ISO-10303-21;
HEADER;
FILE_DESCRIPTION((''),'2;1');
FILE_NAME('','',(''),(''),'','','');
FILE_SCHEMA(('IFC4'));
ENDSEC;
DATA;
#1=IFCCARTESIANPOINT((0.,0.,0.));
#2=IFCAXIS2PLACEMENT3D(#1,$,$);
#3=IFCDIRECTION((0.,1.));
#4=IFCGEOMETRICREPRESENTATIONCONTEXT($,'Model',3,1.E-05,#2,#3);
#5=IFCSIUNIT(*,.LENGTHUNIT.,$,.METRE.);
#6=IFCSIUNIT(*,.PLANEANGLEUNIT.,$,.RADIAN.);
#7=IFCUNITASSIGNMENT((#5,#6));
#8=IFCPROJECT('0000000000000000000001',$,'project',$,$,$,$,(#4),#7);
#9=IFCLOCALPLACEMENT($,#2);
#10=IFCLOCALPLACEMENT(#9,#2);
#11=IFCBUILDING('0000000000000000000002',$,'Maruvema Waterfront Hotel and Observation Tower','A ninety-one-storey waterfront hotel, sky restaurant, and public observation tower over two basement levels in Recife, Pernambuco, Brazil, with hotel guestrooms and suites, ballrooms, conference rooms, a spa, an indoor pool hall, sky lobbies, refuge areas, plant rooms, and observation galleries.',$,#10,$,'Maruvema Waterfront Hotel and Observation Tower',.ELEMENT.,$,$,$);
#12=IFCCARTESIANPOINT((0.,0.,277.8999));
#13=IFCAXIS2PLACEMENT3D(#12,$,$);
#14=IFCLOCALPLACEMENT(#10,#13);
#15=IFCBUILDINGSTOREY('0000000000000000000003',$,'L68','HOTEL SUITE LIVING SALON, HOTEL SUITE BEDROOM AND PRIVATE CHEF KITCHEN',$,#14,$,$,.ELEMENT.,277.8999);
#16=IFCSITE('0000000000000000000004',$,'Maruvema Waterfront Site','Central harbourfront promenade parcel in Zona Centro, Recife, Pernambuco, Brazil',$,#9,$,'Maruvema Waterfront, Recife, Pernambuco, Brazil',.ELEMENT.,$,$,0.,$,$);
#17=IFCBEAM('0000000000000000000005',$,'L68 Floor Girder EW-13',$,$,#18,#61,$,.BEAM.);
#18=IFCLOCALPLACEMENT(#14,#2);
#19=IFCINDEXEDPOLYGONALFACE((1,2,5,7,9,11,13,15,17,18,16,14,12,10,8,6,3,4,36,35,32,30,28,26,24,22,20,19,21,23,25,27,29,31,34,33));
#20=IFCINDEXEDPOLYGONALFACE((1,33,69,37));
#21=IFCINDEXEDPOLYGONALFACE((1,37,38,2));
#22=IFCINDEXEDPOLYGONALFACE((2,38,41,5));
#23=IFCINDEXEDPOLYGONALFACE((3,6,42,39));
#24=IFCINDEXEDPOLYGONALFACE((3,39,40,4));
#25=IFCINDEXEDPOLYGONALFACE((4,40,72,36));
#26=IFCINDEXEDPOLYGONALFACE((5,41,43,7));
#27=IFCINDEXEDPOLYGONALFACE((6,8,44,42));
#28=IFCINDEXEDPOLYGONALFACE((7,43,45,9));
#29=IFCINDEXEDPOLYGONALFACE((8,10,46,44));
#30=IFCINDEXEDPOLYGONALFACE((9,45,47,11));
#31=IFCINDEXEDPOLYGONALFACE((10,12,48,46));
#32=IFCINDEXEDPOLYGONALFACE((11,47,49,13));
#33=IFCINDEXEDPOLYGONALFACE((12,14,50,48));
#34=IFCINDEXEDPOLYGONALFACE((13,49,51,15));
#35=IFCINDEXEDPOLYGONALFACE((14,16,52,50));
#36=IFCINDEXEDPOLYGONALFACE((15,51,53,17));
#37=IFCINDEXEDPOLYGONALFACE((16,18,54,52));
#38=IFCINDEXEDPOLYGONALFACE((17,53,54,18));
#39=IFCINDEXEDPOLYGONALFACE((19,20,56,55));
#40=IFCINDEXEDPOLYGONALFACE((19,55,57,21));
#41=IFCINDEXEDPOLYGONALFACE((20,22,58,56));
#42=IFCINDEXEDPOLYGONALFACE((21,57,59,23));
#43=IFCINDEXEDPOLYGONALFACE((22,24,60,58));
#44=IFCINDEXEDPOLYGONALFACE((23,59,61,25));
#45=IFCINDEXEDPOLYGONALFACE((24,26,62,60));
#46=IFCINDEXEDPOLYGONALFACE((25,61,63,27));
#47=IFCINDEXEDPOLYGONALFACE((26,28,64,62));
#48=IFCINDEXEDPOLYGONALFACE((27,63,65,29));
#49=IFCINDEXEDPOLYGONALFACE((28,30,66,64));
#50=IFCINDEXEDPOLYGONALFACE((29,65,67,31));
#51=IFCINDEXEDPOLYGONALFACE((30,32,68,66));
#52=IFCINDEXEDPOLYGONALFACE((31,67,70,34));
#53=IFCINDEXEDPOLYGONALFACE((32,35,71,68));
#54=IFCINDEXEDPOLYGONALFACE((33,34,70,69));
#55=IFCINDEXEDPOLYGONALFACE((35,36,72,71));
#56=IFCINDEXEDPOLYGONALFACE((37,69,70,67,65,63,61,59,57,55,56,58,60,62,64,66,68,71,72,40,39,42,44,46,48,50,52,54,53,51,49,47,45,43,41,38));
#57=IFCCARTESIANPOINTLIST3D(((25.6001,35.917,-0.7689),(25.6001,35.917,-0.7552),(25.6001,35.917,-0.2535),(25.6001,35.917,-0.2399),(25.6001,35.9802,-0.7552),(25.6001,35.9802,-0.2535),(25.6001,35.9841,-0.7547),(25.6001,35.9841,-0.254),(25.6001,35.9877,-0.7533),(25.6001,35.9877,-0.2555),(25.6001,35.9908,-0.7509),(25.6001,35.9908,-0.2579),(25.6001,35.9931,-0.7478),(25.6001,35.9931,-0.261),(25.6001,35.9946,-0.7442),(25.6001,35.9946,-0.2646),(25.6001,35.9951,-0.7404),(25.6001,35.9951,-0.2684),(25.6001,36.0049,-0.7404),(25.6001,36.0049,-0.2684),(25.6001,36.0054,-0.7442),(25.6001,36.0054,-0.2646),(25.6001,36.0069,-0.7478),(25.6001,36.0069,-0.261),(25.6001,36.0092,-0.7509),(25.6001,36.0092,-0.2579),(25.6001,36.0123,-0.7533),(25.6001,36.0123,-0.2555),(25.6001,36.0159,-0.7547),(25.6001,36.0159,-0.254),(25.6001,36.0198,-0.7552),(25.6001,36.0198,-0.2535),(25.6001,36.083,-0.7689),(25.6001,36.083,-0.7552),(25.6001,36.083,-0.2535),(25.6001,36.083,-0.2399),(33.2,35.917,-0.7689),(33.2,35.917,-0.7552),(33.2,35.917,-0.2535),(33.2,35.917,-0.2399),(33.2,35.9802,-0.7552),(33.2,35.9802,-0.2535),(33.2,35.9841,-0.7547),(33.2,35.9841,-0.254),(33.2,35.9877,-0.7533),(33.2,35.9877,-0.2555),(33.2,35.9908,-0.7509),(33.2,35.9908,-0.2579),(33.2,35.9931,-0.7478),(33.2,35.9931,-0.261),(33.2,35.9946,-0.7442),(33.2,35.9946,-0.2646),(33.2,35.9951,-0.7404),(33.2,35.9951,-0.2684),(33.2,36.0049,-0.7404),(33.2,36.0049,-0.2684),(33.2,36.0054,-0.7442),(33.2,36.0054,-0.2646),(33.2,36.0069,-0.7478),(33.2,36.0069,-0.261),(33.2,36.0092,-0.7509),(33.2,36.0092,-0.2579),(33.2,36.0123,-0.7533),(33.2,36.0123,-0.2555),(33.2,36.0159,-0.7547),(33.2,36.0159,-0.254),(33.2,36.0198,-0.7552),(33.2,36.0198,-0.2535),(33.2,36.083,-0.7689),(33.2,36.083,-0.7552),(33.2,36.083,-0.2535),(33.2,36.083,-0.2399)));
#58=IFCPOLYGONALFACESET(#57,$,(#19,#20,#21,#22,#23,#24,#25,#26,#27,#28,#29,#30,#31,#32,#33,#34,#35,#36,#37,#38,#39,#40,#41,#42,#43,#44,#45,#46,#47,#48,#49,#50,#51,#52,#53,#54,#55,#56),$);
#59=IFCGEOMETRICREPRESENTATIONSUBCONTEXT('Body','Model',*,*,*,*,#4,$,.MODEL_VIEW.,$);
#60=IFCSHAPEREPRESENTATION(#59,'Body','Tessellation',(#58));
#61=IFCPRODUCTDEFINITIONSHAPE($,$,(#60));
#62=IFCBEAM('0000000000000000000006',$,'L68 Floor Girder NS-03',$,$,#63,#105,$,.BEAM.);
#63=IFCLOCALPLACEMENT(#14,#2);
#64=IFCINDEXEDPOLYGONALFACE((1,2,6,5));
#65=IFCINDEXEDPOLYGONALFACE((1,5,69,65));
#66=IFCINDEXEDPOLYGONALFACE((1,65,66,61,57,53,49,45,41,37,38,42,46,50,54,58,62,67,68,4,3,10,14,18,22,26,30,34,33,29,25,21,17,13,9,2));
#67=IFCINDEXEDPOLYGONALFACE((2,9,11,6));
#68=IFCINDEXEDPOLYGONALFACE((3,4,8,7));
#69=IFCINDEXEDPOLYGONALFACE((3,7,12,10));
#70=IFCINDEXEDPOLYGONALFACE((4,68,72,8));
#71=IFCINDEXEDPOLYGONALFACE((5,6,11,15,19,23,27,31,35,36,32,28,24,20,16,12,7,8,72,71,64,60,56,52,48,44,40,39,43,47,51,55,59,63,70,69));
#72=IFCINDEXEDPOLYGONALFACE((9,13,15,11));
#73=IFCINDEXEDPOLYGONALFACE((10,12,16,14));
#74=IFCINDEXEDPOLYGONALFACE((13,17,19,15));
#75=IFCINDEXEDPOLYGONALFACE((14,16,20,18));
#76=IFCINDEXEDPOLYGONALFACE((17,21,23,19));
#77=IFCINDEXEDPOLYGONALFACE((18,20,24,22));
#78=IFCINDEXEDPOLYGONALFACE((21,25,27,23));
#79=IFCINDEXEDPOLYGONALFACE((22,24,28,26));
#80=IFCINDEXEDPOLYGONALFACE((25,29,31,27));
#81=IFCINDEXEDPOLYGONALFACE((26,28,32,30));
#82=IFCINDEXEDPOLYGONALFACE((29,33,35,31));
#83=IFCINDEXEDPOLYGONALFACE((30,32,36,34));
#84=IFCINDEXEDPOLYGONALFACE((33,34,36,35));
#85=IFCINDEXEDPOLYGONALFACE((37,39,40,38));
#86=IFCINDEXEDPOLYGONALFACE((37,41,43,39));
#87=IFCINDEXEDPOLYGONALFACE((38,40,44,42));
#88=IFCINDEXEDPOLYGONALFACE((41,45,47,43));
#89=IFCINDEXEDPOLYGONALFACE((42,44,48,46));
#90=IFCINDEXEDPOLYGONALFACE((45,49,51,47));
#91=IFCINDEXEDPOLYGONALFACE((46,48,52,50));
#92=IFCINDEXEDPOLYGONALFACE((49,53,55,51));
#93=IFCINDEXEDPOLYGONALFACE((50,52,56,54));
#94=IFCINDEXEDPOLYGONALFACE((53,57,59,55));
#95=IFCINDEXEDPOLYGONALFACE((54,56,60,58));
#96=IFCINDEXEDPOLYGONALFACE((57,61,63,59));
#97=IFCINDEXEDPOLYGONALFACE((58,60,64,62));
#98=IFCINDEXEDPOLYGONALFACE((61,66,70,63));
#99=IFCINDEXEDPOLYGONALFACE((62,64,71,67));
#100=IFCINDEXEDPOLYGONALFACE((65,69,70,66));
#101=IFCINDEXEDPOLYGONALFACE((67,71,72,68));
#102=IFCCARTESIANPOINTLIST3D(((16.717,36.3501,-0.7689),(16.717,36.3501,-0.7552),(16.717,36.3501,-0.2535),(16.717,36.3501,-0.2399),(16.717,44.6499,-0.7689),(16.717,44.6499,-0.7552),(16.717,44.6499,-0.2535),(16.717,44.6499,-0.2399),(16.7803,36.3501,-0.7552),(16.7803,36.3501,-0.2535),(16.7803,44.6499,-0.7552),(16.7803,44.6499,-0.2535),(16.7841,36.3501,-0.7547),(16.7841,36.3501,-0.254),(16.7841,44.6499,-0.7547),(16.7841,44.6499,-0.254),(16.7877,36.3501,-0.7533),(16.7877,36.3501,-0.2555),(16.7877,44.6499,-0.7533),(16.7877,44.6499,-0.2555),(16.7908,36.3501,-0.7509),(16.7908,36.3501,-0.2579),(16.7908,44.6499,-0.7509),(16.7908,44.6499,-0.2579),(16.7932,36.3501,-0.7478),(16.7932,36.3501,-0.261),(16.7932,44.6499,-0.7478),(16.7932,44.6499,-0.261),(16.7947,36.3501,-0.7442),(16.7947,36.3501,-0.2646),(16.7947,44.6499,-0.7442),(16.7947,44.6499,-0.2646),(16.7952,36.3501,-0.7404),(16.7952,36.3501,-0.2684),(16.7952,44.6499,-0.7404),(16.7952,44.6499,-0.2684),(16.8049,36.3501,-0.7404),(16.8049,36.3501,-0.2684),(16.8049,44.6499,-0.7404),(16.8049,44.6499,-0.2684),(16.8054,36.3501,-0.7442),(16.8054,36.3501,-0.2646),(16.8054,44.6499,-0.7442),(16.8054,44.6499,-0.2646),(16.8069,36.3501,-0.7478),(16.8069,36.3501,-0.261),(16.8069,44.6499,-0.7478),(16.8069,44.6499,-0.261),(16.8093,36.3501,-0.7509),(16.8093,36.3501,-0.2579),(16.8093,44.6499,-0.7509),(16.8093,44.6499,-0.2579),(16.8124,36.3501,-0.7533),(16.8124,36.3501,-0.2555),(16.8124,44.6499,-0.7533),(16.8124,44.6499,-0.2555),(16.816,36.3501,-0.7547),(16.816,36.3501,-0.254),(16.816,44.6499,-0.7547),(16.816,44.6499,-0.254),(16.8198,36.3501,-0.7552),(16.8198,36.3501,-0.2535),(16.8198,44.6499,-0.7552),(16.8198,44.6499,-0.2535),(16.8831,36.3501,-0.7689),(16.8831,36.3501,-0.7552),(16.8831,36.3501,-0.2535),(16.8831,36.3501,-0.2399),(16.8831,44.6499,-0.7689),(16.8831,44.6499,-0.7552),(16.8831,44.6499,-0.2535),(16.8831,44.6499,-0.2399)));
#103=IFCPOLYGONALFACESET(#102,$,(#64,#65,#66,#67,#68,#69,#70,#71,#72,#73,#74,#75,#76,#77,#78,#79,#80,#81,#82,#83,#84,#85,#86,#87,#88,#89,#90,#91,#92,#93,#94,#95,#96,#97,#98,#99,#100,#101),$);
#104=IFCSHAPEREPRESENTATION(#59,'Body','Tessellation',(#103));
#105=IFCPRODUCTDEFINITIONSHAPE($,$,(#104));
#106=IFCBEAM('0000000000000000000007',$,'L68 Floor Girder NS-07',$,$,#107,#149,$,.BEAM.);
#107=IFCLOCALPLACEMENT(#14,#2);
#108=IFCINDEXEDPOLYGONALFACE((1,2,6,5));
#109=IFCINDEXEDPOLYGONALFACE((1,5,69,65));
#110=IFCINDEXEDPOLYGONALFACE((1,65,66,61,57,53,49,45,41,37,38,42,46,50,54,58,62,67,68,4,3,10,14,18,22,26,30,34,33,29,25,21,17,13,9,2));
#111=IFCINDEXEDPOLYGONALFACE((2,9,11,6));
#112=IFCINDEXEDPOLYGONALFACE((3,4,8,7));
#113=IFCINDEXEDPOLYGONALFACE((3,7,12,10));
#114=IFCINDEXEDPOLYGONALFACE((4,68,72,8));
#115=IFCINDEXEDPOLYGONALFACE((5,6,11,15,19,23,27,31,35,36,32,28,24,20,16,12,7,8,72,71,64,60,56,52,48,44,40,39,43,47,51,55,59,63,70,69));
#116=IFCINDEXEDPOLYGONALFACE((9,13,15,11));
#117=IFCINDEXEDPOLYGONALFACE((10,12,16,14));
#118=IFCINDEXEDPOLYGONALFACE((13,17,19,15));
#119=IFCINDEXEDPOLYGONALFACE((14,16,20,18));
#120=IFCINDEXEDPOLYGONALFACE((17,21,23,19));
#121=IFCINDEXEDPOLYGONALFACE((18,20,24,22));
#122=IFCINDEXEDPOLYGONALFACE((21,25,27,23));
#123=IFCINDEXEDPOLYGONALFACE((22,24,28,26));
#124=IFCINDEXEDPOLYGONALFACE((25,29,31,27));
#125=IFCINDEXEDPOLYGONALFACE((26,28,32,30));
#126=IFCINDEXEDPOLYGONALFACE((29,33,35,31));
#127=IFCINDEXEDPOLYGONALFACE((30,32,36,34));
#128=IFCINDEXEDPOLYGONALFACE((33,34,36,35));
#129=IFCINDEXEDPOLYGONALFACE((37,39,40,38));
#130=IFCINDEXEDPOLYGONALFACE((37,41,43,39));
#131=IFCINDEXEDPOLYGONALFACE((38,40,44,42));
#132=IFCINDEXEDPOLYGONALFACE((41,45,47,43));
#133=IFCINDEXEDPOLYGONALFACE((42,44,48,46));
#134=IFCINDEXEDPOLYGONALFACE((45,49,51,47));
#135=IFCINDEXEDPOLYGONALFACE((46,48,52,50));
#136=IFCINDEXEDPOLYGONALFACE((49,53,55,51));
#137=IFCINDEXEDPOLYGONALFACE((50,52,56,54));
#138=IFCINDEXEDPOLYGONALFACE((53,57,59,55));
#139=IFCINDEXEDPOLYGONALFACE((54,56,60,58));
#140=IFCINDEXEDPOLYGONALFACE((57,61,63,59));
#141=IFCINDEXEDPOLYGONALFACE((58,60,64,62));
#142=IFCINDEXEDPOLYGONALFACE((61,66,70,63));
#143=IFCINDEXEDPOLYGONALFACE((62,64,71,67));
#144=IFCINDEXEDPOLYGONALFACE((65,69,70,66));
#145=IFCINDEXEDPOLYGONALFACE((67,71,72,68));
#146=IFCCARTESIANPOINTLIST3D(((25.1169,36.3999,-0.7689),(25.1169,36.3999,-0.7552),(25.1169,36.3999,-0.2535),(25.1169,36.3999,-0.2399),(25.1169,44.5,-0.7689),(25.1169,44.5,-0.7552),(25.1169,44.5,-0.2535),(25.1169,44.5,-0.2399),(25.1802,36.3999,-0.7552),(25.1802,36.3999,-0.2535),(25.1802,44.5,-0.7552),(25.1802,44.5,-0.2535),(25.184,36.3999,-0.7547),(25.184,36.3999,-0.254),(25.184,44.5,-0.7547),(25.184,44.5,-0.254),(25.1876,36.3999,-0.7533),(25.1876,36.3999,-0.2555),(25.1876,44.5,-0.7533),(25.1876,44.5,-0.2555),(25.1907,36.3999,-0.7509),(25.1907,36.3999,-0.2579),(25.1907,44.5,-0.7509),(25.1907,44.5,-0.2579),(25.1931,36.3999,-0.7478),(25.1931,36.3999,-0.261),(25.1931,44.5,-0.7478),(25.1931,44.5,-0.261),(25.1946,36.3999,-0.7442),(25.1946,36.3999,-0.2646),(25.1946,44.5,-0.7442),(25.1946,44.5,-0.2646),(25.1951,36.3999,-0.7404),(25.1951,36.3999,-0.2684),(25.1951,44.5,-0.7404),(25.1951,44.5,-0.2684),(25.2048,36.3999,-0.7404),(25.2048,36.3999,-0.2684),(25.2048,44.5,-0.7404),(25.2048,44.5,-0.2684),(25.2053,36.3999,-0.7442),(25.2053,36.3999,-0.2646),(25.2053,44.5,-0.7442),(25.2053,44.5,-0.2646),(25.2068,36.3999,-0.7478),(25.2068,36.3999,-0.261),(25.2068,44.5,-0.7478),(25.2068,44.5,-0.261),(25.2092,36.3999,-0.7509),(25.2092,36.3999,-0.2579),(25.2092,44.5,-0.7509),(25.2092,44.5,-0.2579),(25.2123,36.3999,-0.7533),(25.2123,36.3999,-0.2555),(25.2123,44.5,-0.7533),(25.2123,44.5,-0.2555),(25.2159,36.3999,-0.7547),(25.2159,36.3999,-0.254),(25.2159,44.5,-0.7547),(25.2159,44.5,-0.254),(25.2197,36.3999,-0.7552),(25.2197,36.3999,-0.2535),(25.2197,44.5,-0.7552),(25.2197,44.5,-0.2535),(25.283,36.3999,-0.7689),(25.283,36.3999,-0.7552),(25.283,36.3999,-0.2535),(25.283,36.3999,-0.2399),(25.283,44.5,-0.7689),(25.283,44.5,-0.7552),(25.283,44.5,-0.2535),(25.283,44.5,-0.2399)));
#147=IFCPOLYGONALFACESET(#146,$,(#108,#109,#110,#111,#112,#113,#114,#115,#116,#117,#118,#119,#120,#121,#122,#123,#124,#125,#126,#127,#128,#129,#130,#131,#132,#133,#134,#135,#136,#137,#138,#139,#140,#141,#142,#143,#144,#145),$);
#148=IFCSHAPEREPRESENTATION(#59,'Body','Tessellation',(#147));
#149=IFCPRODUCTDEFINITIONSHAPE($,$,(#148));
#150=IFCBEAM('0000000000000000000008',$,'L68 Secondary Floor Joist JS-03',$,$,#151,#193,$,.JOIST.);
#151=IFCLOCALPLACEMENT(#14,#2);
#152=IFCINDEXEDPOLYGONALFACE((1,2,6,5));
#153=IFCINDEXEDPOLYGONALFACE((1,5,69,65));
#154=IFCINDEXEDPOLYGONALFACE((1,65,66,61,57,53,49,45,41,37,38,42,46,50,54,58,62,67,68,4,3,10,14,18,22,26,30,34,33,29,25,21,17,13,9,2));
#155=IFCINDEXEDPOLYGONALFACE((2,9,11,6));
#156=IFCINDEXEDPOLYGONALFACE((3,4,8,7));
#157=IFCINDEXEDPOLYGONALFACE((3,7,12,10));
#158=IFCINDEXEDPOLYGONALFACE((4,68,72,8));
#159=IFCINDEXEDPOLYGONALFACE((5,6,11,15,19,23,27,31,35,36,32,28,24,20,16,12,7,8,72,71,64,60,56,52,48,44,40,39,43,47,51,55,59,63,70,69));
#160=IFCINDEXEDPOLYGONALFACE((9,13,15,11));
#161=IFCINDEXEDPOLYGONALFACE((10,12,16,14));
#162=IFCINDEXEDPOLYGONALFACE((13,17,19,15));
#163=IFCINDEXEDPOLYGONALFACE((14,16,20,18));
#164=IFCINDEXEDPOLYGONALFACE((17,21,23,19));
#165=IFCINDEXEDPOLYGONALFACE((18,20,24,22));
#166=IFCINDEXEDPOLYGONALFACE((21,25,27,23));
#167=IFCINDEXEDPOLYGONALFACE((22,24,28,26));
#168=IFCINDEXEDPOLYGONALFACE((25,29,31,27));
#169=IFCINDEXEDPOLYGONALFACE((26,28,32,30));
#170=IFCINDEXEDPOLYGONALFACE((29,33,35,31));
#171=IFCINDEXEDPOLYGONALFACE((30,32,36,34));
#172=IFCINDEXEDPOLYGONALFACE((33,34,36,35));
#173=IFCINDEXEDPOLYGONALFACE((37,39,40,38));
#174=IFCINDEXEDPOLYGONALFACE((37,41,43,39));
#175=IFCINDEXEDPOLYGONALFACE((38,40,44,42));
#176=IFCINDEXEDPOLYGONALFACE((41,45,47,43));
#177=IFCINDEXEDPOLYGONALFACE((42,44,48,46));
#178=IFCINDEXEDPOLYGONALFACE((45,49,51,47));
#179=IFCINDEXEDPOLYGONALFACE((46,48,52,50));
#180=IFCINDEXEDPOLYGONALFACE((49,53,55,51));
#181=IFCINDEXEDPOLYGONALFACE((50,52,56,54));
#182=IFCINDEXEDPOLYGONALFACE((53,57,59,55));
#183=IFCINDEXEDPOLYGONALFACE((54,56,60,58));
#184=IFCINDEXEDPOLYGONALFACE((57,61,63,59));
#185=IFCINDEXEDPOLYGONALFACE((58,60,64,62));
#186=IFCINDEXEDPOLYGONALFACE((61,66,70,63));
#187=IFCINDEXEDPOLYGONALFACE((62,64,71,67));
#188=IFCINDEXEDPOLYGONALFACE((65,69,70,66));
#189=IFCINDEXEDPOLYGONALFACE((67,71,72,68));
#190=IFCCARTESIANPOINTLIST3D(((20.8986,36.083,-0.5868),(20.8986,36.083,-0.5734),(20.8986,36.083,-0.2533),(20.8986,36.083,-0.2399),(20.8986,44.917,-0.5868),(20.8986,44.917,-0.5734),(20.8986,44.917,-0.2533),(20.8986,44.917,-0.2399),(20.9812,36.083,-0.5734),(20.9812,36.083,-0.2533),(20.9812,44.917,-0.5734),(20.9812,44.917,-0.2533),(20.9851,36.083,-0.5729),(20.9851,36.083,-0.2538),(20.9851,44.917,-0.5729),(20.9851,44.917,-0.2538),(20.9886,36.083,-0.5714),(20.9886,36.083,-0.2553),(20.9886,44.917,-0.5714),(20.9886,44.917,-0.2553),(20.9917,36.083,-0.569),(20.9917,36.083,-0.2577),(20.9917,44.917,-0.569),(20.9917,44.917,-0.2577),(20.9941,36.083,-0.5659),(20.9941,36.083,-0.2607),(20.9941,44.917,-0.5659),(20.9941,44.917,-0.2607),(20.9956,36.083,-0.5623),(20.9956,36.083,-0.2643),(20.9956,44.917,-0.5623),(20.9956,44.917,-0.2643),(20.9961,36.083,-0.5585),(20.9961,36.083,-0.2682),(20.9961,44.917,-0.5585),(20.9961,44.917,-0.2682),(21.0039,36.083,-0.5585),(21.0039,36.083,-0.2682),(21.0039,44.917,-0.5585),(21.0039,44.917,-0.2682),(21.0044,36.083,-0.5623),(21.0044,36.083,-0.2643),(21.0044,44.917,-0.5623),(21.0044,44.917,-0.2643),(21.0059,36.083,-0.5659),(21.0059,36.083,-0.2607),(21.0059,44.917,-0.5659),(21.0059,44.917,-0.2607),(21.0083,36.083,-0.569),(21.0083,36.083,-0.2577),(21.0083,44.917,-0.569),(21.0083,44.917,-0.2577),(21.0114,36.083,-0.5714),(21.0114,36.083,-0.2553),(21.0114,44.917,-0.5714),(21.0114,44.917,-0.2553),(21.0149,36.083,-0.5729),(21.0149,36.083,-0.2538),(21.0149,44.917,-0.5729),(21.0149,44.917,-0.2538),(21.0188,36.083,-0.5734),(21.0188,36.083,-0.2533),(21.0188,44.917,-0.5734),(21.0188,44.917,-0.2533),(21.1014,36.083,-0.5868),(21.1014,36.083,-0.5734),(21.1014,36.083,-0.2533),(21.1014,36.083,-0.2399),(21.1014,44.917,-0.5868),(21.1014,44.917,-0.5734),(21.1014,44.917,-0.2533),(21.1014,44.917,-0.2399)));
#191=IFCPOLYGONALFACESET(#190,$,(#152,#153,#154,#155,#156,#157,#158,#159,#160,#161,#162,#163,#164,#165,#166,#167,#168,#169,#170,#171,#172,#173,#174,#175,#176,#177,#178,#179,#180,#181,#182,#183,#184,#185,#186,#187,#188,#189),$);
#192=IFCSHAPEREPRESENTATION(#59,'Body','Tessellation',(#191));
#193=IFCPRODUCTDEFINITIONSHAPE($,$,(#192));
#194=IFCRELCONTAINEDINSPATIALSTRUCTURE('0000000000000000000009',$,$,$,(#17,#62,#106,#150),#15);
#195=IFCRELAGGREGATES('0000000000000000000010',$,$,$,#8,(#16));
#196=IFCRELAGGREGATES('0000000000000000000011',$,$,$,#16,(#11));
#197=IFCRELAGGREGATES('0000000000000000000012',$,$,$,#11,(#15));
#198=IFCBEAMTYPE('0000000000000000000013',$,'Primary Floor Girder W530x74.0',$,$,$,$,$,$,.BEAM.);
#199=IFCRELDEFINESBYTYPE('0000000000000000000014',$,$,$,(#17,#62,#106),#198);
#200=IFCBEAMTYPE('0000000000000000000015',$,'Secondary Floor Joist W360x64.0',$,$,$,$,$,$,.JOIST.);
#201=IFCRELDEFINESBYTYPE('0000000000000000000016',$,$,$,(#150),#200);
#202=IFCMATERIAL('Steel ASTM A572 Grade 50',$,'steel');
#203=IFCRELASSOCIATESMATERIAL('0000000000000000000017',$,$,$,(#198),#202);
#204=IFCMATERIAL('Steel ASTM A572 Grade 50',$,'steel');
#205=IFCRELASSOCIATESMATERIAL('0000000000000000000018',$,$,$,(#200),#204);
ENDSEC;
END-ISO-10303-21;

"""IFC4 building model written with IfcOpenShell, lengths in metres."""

from ifc_helpers import new_model, si_unit, direction, frame, origin, origin_2d, place, context, subcontext, project, spatial, i_section, extrude, material, material_profile, profile_set, type_object, element, save


model = new_model("IFC4")

# Units and contexts
model_context = context("Model", 3, precision=1e-05, world=origin(), true_north=direction((0.0, 1.0)))
body_context = subcontext(model_context, "Body", "Model", "MODEL_VIEW")
ifc_project = project(units=[si_unit("LENGTHUNIT", "METRE"), si_unit("PLANEANGLEUNIT", "RADIAN")], contexts=[model_context])

# Site, building, storey
site_placement = place(None, origin())
site = spatial("IfcSite", under=ifc_project, at=site_placement, Name="Maruvema Waterfront Site", Description="Central harbourfront promenade parcel in Zona Centro, Recife, Pernambuco, Brazil", LongName="Maruvema Waterfront, Recife, Pernambuco, Brazil", CompositionType="ELEMENT", RefElevation=0.0)
building_placement = place(site_placement, origin())
building = spatial("IfcBuilding", under=site, at=building_placement, Name="Maruvema Waterfront Hotel and Observation Tower", Description="A ninety-one-storey waterfront hotel, sky restaurant, and public observation tower over two basement levels in Recife, Pernambuco, Brazil, with hotel guestrooms and suites, ballrooms, conference rooms, a spa, an indoor pool hall, sky lobbies, refuge areas, plant rooms, and observation galleries.", LongName="Maruvema Waterfront Hotel and Observation Tower", CompositionType="ELEMENT")
storey_placement = place(building_placement, frame((0.0, 0.0, 277.8999)))
storey = spatial("IfcBuildingStorey", under=building, at=storey_placement, Name="L68", Description="HOTEL SUITE LIVING SALON, HOTEL SUITE BEDROOM AND PRIVATE CHEF KITCHEN", CompositionType="ELEMENT", Elevation=277.8999)

# Beams
ifc_material_1 = material(Name="Steel ASTM A572 Grade 50", Category="steel")
ifc_material_profile_1 = material_profile(ifc_material_1, i_section(OverallWidth=0.166, OverallDepth=0.5291, WebThickness=0.0098, FlangeThickness=0.0137, FilletRadius=0.0149, at=origin_2d()), Name="W530x74.0")
ifc_profile_set_1 = profile_set([ifc_material_profile_1], Name="Steel ASTM A572 Grade 50")
beam_type_1 = type_object("IfcBeamType", Name="Primary Floor Girder W530x74.0", PredefinedType="BEAM", material=ifc_profile_set_1)
beam_1_placement = place(storey_placement, frame((25.6001, 36.0, -0.5044), z_axis=(1.0, 0.0, 0.0), x_axis=(0.0, 1.0, 0.0)))
element("IfcBeam", 1, at=beam_1_placement, inside=storey, type_object=beam_type_1, Name="L68 Floor Girder EW-13", PredefinedType="BEAM", context=body_context, shape_type="SweptSolid", body=[
    extrude(i_section(OverallWidth=0.166, OverallDepth=0.5291, WebThickness=0.0098, FlangeThickness=0.0137, FilletRadius=0.0149, at=origin_2d()), origin(), (0.0, 0.0, 1.0), 7.5999),
])
beam_2_placement = place(storey_placement, frame((16.8, 36.3501, -0.5044), z_axis=(0.0, 1.0, 0.0), x_axis=(-1.0, 0.0, 0.0)))
element("IfcBeam", 2, at=beam_2_placement, inside=storey, type_object=beam_type_1, Name="L68 Floor Girder NS-03", PredefinedType="BEAM", context=body_context, shape_type="SweptSolid", body=[
    extrude(i_section(OverallWidth=0.166, OverallDepth=0.5291, WebThickness=0.0098, FlangeThickness=0.0137, FilletRadius=0.0149, at=origin_2d()), origin(), (0.0, 0.0, 1.0), 8.2998),
])
beam_3_placement = place(storey_placement, frame((25.2, 36.3999, -0.5044), z_axis=(0.0, 1.0, 0.0), x_axis=(-1.0, 0.0, 0.0)))
element("IfcBeam", 3, at=beam_3_placement, inside=storey, type_object=beam_type_1, Name="L68 Floor Girder NS-07", PredefinedType="BEAM", context=body_context, shape_type="SweptSolid", body=[
    extrude(i_section(OverallWidth=0.166, OverallDepth=0.5291, WebThickness=0.0098, FlangeThickness=0.0137, FilletRadius=0.0149, at=origin_2d()), origin(), (0.0, 0.0, 1.0), 8.1001),
])
ifc_material_2 = material(Name="Steel ASTM A572 Grade 50", Category="steel")
ifc_material_profile_2 = material_profile(ifc_material_2, i_section(OverallWidth=0.2029, OverallDepth=0.3469, WebThickness=0.0078, FlangeThickness=0.0134, FilletRadius=0.0149, at=origin_2d()), Name="W360x64.0")
ifc_profile_set_2 = profile_set([ifc_material_profile_2], Name="Steel ASTM A572 Grade 50")
beam_type_2 = type_object("IfcBeamType", Name="Secondary Floor Joist W360x64.0", PredefinedType="JOIST", material=ifc_profile_set_2)
beam_4_placement = place(storey_placement, frame((21.0, 36.083, -0.4133), z_axis=(0.0, 1.0, 0.0), x_axis=(-1.0, 0.0, 0.0)))
element("IfcBeam", 4, at=beam_4_placement, inside=storey, type_object=beam_type_2, Name="L68 Secondary Floor Joist JS-03", PredefinedType="JOIST", context=body_context, shape_type="SweptSolid", body=[
    extrude(i_section(OverallWidth=0.2029, OverallDepth=0.3469, WebThickness=0.0078, FlangeThickness=0.0134, FilletRadius=0.0149, at=origin_2d()), origin(), (0.0, 0.0, 1.0), 8.834),
])

save(model, "model.ifc")
